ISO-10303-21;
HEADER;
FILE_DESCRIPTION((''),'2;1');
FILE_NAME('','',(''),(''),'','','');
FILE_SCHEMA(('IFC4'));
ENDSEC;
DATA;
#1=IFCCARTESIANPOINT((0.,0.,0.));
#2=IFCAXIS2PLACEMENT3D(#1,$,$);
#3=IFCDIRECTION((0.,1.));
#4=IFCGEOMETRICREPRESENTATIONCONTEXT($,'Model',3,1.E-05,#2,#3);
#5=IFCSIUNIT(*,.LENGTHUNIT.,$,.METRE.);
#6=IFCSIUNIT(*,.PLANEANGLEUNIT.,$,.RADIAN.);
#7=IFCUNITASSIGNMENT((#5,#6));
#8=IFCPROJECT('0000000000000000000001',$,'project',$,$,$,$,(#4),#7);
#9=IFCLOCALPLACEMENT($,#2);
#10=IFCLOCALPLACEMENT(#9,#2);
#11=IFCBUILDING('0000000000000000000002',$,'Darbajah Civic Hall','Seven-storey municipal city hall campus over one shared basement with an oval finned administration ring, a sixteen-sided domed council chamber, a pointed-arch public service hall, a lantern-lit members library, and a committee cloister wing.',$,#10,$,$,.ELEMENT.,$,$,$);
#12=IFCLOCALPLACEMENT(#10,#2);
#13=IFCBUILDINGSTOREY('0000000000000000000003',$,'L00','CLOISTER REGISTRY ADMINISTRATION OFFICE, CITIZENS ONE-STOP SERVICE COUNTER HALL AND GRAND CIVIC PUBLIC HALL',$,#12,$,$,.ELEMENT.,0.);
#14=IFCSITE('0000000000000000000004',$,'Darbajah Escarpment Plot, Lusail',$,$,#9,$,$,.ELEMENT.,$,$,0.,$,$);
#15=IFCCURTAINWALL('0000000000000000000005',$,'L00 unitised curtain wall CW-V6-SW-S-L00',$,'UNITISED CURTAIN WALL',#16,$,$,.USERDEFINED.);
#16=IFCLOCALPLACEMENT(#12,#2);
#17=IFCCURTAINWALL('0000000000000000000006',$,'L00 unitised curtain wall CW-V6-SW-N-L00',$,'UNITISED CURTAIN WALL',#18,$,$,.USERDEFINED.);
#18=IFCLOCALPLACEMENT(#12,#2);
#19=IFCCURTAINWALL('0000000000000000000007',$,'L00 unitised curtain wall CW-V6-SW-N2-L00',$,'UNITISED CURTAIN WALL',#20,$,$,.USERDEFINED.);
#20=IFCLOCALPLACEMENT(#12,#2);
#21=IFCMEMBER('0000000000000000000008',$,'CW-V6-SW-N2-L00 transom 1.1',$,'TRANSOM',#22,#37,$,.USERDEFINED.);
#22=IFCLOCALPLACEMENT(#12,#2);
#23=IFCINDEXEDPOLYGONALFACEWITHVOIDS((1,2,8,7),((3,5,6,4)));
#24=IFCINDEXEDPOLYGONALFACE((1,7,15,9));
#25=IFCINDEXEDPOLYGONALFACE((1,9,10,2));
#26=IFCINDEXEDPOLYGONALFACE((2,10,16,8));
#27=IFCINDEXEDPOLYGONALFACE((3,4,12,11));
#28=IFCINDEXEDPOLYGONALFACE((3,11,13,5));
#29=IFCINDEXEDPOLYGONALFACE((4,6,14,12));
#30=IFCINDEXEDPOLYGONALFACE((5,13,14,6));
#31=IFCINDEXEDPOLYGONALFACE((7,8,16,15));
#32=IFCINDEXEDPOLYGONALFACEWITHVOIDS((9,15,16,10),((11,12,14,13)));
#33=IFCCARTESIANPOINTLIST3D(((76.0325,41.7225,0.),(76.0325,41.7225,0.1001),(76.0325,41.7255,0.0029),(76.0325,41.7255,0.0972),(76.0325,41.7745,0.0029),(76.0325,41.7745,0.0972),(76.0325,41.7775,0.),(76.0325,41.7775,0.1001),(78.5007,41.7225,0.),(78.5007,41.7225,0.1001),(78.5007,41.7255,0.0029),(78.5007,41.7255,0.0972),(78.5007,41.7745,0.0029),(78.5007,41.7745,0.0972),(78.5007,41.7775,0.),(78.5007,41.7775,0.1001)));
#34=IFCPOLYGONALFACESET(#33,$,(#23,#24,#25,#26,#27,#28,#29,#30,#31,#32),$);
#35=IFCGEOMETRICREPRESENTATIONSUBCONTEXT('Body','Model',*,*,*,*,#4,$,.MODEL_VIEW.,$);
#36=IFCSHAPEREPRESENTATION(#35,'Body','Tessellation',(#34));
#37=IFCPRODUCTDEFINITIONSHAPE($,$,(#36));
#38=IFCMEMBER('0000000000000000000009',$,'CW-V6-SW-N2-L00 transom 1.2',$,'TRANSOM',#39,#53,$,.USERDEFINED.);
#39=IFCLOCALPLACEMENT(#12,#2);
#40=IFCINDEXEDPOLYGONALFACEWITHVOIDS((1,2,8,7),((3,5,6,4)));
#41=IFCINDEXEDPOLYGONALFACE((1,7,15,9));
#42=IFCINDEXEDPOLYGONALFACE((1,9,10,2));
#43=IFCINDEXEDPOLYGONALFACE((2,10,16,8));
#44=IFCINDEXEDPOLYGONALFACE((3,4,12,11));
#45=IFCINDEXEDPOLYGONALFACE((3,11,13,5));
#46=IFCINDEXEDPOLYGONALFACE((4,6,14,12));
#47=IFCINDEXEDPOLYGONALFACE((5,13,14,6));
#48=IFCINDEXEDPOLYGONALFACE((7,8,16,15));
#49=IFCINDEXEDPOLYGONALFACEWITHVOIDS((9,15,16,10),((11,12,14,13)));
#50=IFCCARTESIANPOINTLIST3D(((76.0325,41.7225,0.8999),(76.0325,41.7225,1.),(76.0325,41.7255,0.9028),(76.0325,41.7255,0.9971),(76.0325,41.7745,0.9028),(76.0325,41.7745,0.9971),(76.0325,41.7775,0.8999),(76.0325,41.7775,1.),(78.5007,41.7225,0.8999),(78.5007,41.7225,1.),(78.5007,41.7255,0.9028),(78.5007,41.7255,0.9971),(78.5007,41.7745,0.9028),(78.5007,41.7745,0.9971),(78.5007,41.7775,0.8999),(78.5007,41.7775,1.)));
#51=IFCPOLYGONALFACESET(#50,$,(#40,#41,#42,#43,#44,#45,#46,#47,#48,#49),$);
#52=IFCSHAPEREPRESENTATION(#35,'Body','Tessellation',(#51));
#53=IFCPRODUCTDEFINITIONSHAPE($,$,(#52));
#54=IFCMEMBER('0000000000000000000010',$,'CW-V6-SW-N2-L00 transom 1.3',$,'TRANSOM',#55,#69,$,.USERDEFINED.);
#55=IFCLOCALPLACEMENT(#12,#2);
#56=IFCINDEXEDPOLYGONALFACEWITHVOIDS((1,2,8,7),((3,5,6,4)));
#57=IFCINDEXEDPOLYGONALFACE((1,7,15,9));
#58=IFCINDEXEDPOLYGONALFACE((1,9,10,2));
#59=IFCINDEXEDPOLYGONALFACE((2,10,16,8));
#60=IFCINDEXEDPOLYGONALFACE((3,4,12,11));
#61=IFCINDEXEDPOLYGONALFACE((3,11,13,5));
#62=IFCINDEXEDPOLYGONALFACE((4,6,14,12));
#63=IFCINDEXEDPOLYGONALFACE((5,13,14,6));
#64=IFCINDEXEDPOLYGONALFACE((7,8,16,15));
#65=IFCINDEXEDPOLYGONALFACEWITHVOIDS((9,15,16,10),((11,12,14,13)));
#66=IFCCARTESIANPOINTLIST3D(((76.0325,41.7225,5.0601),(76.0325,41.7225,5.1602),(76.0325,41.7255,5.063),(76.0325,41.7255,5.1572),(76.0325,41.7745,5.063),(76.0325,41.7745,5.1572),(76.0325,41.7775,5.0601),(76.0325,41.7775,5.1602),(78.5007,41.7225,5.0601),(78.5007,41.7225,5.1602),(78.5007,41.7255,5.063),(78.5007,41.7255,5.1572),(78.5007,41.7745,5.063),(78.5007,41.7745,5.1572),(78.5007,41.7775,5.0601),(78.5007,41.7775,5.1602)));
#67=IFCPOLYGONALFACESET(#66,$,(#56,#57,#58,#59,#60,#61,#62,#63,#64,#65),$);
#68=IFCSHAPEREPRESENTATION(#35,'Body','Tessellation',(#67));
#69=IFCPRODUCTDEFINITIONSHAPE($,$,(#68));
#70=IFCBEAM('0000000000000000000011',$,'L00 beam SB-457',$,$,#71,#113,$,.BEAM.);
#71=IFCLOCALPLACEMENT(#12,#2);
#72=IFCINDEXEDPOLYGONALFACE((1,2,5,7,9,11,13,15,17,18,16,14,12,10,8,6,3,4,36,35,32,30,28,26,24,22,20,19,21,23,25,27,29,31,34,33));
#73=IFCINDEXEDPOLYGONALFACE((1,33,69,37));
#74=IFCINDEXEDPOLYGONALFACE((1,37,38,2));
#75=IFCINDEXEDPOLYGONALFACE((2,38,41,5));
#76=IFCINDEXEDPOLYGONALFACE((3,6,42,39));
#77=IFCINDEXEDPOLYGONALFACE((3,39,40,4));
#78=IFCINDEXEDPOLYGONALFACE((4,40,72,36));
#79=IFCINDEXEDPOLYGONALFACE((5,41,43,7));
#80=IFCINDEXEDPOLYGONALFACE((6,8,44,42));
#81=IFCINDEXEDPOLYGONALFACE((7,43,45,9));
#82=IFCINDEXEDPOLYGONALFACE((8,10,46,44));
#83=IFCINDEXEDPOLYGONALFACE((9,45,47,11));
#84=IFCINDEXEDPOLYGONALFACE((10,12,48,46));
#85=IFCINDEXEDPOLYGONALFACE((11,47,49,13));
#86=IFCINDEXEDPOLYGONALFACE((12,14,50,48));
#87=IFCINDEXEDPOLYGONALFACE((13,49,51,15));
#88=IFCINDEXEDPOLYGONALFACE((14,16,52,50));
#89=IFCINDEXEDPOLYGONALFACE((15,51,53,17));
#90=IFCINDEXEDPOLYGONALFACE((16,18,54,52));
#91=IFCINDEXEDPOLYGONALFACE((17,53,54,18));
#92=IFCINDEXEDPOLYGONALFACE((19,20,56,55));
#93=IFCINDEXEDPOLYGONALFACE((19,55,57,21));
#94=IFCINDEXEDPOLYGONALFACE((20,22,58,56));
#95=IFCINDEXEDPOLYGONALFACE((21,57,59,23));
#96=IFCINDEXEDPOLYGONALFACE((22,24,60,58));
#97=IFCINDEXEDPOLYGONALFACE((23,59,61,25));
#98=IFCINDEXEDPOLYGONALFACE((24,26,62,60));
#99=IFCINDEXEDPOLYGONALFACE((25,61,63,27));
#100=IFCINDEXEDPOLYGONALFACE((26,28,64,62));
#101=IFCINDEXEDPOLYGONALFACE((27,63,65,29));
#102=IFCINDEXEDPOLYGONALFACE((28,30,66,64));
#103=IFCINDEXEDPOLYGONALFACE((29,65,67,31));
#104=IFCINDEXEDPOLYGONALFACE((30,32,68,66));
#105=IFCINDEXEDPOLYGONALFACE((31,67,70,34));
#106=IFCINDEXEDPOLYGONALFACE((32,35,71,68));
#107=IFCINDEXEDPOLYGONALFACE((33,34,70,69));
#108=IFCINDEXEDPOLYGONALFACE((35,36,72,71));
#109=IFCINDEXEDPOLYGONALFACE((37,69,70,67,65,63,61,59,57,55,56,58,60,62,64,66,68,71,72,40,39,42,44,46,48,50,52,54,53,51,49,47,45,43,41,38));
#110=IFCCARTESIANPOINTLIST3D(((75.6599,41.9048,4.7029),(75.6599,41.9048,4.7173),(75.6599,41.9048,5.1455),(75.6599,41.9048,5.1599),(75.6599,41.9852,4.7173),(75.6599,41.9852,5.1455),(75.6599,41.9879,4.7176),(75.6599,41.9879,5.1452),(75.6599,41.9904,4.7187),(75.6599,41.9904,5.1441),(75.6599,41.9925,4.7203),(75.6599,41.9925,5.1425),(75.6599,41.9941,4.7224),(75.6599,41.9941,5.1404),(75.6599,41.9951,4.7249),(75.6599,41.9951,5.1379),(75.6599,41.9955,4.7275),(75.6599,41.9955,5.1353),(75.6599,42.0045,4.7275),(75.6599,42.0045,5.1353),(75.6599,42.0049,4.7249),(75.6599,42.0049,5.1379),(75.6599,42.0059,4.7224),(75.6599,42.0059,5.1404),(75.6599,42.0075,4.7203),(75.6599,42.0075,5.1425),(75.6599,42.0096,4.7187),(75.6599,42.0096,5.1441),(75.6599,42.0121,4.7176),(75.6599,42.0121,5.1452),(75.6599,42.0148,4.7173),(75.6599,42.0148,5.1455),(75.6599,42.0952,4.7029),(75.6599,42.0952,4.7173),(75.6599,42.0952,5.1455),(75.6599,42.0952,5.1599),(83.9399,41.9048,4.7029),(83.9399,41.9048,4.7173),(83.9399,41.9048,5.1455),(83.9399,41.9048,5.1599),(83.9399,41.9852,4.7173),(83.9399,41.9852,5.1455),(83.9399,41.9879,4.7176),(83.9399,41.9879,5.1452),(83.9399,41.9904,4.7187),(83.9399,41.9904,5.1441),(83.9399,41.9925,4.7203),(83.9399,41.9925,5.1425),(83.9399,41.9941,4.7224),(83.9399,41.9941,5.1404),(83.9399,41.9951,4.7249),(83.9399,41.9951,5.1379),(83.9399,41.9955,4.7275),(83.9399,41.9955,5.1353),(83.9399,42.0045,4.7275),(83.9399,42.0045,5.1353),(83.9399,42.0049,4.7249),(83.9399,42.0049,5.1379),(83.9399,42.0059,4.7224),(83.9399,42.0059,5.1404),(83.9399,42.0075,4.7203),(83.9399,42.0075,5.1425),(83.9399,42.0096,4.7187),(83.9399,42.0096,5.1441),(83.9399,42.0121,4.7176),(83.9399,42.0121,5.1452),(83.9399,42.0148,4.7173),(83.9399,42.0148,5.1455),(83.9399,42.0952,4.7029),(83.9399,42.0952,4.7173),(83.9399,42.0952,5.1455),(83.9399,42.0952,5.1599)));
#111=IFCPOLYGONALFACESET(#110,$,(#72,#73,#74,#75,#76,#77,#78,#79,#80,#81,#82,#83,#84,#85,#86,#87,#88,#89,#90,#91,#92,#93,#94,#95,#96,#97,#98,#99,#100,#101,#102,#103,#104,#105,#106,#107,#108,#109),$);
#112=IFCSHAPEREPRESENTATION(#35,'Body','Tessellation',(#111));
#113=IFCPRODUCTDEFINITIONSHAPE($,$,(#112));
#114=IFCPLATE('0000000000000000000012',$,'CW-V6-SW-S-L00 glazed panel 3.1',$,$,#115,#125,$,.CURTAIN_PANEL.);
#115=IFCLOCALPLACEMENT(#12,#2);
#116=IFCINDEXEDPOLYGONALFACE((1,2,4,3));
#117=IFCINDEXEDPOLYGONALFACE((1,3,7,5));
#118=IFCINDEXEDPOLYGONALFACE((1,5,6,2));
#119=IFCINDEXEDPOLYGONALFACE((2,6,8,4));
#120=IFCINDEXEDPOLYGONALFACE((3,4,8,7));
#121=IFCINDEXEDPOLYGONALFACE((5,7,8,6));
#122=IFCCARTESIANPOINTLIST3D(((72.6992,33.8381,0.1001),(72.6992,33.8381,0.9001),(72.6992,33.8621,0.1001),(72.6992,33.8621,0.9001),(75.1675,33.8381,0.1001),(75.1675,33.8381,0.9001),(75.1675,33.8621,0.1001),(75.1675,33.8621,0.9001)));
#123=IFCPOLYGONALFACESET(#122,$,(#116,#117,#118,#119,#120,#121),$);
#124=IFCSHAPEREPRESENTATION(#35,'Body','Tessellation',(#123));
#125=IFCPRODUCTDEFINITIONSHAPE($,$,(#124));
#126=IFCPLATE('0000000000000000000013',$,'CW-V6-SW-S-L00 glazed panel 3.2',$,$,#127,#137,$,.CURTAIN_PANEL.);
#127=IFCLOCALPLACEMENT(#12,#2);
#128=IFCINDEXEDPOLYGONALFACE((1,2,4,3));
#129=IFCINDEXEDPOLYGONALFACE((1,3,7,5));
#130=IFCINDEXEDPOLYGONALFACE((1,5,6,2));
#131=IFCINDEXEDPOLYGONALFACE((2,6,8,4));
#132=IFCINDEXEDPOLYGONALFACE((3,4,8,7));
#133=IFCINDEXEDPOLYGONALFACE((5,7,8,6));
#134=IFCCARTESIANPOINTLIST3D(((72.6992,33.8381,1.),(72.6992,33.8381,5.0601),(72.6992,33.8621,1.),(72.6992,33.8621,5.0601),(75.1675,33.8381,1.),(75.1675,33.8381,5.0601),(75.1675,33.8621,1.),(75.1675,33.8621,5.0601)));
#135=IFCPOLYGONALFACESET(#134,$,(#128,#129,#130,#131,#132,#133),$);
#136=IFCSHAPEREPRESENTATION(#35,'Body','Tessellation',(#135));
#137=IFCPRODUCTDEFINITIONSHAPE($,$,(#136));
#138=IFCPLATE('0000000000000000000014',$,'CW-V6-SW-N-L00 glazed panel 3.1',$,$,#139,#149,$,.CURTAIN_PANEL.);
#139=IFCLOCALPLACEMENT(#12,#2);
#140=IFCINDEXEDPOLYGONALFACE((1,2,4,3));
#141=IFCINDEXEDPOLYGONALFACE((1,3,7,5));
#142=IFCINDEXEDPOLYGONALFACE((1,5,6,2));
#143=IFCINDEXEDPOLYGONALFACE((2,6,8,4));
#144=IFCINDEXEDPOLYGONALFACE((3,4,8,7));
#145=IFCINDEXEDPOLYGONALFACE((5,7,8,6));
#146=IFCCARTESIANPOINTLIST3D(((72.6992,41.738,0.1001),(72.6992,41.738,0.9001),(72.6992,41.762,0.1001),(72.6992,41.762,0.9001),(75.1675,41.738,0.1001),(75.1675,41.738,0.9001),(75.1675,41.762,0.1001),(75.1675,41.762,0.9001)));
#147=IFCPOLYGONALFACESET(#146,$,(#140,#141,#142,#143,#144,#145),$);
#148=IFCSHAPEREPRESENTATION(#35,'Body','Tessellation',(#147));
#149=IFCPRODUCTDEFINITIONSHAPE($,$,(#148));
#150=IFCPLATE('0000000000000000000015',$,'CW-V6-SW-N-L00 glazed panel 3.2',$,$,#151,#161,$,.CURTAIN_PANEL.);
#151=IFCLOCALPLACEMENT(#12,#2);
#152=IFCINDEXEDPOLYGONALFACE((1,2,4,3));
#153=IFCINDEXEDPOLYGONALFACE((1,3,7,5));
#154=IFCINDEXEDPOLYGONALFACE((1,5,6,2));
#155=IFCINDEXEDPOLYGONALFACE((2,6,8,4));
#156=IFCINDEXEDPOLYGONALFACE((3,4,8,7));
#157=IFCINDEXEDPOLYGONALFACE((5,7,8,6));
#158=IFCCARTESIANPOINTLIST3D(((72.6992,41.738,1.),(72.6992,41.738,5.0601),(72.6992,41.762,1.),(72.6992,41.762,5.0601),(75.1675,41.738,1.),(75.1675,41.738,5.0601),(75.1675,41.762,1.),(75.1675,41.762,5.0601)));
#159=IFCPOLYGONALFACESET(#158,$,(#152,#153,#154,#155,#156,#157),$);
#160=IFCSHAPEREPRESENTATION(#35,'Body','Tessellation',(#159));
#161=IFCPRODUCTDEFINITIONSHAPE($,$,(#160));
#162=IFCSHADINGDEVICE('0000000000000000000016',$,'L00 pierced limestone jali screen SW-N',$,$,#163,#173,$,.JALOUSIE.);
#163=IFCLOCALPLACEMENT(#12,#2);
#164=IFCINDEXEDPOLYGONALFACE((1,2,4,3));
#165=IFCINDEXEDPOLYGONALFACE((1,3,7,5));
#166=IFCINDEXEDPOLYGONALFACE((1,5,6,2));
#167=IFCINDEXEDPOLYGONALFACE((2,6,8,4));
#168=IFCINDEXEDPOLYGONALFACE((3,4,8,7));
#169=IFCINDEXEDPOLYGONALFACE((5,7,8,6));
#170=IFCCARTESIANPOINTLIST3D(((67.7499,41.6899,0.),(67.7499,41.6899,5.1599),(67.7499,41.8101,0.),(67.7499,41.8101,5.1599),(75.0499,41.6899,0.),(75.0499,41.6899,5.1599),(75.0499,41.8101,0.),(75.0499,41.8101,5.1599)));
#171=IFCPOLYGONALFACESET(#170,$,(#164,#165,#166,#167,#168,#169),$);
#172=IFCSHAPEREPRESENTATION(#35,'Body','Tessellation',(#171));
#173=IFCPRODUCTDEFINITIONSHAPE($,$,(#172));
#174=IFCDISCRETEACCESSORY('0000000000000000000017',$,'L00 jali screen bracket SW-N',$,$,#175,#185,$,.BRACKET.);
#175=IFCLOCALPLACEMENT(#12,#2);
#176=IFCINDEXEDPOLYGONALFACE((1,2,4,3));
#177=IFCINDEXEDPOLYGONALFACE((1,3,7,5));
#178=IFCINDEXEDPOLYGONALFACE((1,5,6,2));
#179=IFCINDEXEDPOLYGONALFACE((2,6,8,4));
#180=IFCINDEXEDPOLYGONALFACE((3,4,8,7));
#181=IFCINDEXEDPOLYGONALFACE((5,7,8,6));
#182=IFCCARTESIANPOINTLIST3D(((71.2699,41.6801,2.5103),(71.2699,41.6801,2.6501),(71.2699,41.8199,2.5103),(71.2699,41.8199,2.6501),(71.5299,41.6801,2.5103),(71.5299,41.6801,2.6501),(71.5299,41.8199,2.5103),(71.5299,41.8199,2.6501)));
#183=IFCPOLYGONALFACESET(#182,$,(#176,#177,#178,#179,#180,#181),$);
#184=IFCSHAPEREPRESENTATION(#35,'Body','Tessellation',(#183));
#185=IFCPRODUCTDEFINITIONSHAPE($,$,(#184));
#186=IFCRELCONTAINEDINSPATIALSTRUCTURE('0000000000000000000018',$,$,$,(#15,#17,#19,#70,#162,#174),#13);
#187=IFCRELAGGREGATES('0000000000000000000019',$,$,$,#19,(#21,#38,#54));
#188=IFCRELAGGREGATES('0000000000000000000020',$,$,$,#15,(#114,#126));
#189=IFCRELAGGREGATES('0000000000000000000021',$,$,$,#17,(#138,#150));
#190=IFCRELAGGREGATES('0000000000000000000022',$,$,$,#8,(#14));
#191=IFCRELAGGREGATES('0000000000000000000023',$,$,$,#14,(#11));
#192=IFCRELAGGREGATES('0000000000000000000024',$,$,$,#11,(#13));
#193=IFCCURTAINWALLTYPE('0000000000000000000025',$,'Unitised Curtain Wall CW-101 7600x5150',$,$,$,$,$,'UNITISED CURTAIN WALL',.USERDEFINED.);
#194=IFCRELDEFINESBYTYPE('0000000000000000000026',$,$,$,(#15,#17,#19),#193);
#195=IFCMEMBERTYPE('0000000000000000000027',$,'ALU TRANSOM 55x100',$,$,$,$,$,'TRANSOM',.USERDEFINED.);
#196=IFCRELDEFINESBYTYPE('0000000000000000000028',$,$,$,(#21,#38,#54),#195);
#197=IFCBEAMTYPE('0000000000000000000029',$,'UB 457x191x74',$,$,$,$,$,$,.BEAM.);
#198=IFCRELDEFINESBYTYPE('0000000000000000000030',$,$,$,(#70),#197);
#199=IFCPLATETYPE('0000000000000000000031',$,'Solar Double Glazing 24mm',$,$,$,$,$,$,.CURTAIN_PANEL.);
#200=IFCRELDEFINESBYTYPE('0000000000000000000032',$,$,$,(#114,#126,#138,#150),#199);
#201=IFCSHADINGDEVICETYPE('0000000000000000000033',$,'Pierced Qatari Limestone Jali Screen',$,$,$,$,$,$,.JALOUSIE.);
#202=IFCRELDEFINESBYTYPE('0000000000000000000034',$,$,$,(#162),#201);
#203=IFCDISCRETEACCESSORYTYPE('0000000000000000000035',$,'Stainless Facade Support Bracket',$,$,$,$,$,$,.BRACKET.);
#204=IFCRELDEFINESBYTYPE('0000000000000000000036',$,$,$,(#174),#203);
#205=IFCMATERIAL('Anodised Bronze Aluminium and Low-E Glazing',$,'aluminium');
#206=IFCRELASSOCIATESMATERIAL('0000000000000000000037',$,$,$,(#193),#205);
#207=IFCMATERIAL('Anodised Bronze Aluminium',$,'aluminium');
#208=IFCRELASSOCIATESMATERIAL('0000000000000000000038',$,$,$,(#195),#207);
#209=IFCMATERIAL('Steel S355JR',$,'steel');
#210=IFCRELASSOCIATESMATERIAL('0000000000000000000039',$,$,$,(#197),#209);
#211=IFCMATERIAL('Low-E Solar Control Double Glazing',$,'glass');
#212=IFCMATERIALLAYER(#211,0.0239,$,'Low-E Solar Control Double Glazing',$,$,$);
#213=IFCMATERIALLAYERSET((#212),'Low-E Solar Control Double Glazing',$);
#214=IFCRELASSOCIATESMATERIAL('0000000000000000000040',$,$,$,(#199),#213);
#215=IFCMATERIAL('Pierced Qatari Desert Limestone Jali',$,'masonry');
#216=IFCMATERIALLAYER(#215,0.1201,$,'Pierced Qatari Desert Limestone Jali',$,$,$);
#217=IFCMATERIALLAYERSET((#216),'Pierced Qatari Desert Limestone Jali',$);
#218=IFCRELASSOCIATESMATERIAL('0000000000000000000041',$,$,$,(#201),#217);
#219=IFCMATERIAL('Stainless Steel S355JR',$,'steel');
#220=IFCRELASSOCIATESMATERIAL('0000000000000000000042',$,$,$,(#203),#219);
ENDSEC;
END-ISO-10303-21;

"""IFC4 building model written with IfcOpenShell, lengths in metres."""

from ifc_helpers import new_model, si_unit, direction, frame, origin, origin_2d, place, context, subcontext, project, spatial, rectangle, hollow_rectangle, i_section, extrude, material, layer, layer_set, material_profile, profile_set, type_object, element, aggregate, save


model = new_model("IFC4")

# Units and contexts
model_context = context("Model", 3, precision=1e-05, world=origin(), true_north=direction((0.0, 1.0)))
body_context = subcontext(model_context, "Body", "Model", "MODEL_VIEW")
ifc_project = project(units=[si_unit("LENGTHUNIT", "METRE"), si_unit("PLANEANGLEUNIT", "RADIAN")], contexts=[model_context])

# Site, building, storey
site_placement = place(None, origin())
site = spatial("IfcSite", under=ifc_project, at=site_placement, Name="Darbajah Escarpment Plot, Lusail", CompositionType="ELEMENT", RefElevation=0.0)
building_placement = place(site_placement, origin())
building = spatial("IfcBuilding", under=site, at=building_placement, Name="Darbajah Civic Hall", Description="Seven-storey municipal city hall campus over one shared basement with an oval finned administration ring, a sixteen-sided domed council chamber, a pointed-arch public service hall, a lantern-lit members library, and a committee cloister wing.", CompositionType="ELEMENT")
storey_placement = place(building_placement, origin())
storey = spatial("IfcBuildingStorey", under=building, at=storey_placement, Name="L00", Description="CLOISTER REGISTRY ADMINISTRATION OFFICE, CITIZENS ONE-STOP SERVICE COUNTER HALL AND GRAND CIVIC PUBLIC HALL", CompositionType="ELEMENT", Elevation=0.0)

# Shared definitions
ifc_material_1 = material(Name="Steel S355JR", Category="steel")

# Curtain wall
ifc_material_2 = material(Name="Anodised Bronze Aluminium and Low-E Glazing", Category="aluminium")
curtain_wall_type = type_object("IfcCurtainWallType", Name="Unitised Curtain Wall CW-101 7600x5150", ElementType="UNITISED CURTAIN WALL", PredefinedType="USERDEFINED", material=ifc_material_2)
curtain_wall_1_placement = place(storey_placement, origin())
curtain_wall_1 = element("IfcCurtainWall", 1, at=curtain_wall_1_placement, inside=storey, type_object=curtain_wall_type, Name="L00 unitised curtain wall CW-V6-SW-S-L00", ObjectType="UNITISED CURTAIN WALL", PredefinedType="USERDEFINED")
ifc_material_3 = material(Name="Anodised Bronze Aluminium", Category="aluminium")

# Curtain wall
curtain_wall_2_placement = place(storey_placement, origin())
curtain_wall_2 = element("IfcCurtainWall", 2, at=curtain_wall_2_placement, inside=storey, type_object=curtain_wall_type, Name="L00 unitised curtain wall CW-V6-SW-N-L00", ObjectType="UNITISED CURTAIN WALL", PredefinedType="USERDEFINED")

# Curtain wall
curtain_wall_3_placement = place(storey_placement, origin())
curtain_wall_3 = element("IfcCurtainWall", 3, at=curtain_wall_3_placement, inside=storey, type_object=curtain_wall_type, Name="L00 unitised curtain wall CW-V6-SW-N2-L00", ObjectType="UNITISED CURTAIN WALL", PredefinedType="USERDEFINED")

# Members
ifc_material_profile_1 = material_profile(ifc_material_3, hollow_rectangle(XDim=0.0549, YDim=0.1001, WallThickness=0.0029, at=origin_2d()), Name="ALU TRANSOM 55x100")
ifc_profile_set_1 = profile_set([ifc_material_profile_1], Name="Anodised Bronze Aluminium")
member_type_1 = type_object("IfcMemberType", Name="ALU TRANSOM 55x100", ElementType="TRANSOM", PredefinedType="USERDEFINED", material=ifc_profile_set_1)
member_1_placement = place(storey_placement, frame((76.0325, 41.75, 0.05), z_axis=(1.0, 0.0, 0.0), x_axis=(0.0, 1.0, 0.0)))
member_1 = element("IfcMember", 4, at=member_1_placement, type_object=member_type_1, Name="CW-V6-SW-N2-L00 transom 1.1", ObjectType="TRANSOM", PredefinedType="USERDEFINED", context=body_context, shape_type="SweptSolid", body=[
    extrude(hollow_rectangle(XDim=0.0549, YDim=0.1001, WallThickness=0.0029, at=origin_2d()), origin(), (0.0, 0.0, 1.0), 2.4683),
])
member_2_placement = place(storey_placement, frame((76.0325, 41.75, 0.95), z_axis=(1.0, 0.0, 0.0), x_axis=(0.0, 1.0, 0.0)))
member_2 = element("IfcMember", 5, at=member_2_placement, type_object=member_type_1, Name="CW-V6-SW-N2-L00 transom 1.2", ObjectType="TRANSOM", PredefinedType="USERDEFINED", context=body_context, shape_type="SweptSolid", body=[
    extrude(hollow_rectangle(XDim=0.0549, YDim=0.1001, WallThickness=0.0029, at=origin_2d()), origin(), (0.0, 0.0, 1.0), 2.4683),
])
member_3_placement = place(storey_placement, frame((76.0325, 41.75, 5.1101), z_axis=(1.0, 0.0, 0.0), x_axis=(0.0, 1.0, 0.0)))
member_3 = element("IfcMember", 6, at=member_3_placement, type_object=member_type_1, Name="CW-V6-SW-N2-L00 transom 1.3", ObjectType="TRANSOM", PredefinedType="USERDEFINED", context=body_context, shape_type="SweptSolid", body=[
    extrude(hollow_rectangle(XDim=0.0549, YDim=0.1001, WallThickness=0.0029, at=origin_2d()), origin(), (0.0, 0.0, 1.0), 2.4683),
])
aggregate(curtain_wall_3, [member_1, member_2, member_3])

# Beam
ifc_material_profile_2 = material_profile(ifc_material_1, i_section(OverallWidth=0.1904, OverallDepth=0.457, WebThickness=0.009, FlangeThickness=0.0144, FilletRadius=0.0103, at=origin_2d()), Name="UB 457x191x74")
ifc_profile_set_2 = profile_set([ifc_material_profile_2], Name="Steel S355JR")
beam_type = type_object("IfcBeamType", Name="UB 457x191x74", PredefinedType="BEAM", material=ifc_profile_set_2)
beam_placement = place(storey_placement, frame((75.6599, 42.0, 4.9314), z_axis=(1.0, 0.0, 0.0), x_axis=(0.0, 1.0, 0.0)))
element("IfcBeam", 7, at=beam_placement, inside=storey, type_object=beam_type, Name="L00 beam SB-457", PredefinedType="BEAM", context=body_context, shape_type="SweptSolid", body=[
    extrude(i_section(OverallWidth=0.1904, OverallDepth=0.457, WebThickness=0.009, FlangeThickness=0.0144, FilletRadius=0.0103, at=origin_2d()), origin(), (0.0, 0.0, 1.0), 8.28),
])

# Plates
ifc_material_4 = material(Name="Low-E Solar Control Double Glazing", Category="glass")
ifc_layer_1 = layer(ifc_material_4, 0.0239, Name="Low-E Solar Control Double Glazing")
ifc_layer_set_1 = layer_set([ifc_layer_1], Name="Low-E Solar Control Double Glazing")
plate_type = type_object("IfcPlateType", Name="Solar Double Glazing 24mm", PredefinedType="CURTAIN_PANEL", material=ifc_layer_set_1)
plate_1_placement = place(storey_placement, frame((73.9333, 33.8501, 0.1001), z_axis=(0.0, 0.0, 1.0), x_axis=(1.0, 0.0, 0.0)))
plate_1 = element("IfcPlate", 8, at=plate_1_placement, type_object=plate_type, Name="CW-V6-SW-S-L00 glazed panel 3.1", PredefinedType="CURTAIN_PANEL", context=body_context, shape_type="SweptSolid", body=[
    extrude(rectangle(XDim=2.4683, YDim=0.0239, at=origin_2d()), origin(), (0.0, 0.0, 1.0), 0.8),
])
plate_2_placement = place(storey_placement, frame((73.9333, 33.8501, 1.0), z_axis=(0.0, 0.0, 1.0), x_axis=(1.0, 0.0, 0.0)))
plate_2 = element("IfcPlate", 9, at=plate_2_placement, type_object=plate_type, Name="CW-V6-SW-S-L00 glazed panel 3.2", PredefinedType="CURTAIN_PANEL", context=body_context, shape_type="SweptSolid", body=[
    extrude(rectangle(XDim=2.4683, YDim=0.0239, at=origin_2d()), origin(), (0.0, 0.0, 1.0), 4.0601),
])
aggregate(curtain_wall_1, [plate_1, plate_2])
plate_3_placement = place(storey_placement, frame((73.9333, 41.75, 0.1001), z_axis=(0.0, 0.0, 1.0), x_axis=(1.0, 0.0, 0.0)))
plate_3 = element("IfcPlate", 10, at=plate_3_placement, type_object=plate_type, Name="CW-V6-SW-N-L00 glazed panel 3.1", PredefinedType="CURTAIN_PANEL", context=body_context, shape_type="SweptSolid", body=[
    extrude(rectangle(XDim=2.4683, YDim=0.0239, at=origin_2d()), origin(), (0.0, 0.0, 1.0), 0.8),
])
plate_4_placement = place(storey_placement, frame((73.9333, 41.75, 1.0), z_axis=(0.0, 0.0, 1.0), x_axis=(1.0, 0.0, 0.0)))
plate_4 = element("IfcPlate", 11, at=plate_4_placement, type_object=plate_type, Name="CW-V6-SW-N-L00 glazed panel 3.2", PredefinedType="CURTAIN_PANEL", context=body_context, shape_type="SweptSolid", body=[
    extrude(rectangle(XDim=2.4683, YDim=0.0239, at=origin_2d()), origin(), (0.0, 0.0, 1.0), 4.0601),
])
aggregate(curtain_wall_2, [plate_3, plate_4])

# Shading device
ifc_material_5 = material(Name="Pierced Qatari Desert Limestone Jali", Category="masonry")
ifc_layer_2 = layer(ifc_material_5, 0.1201, Name="Pierced Qatari Desert Limestone Jali")
ifc_layer_set_2 = layer_set([ifc_layer_2], Name="Pierced Qatari Desert Limestone Jali")
shading_device_type = type_object("IfcShadingDeviceType", Name="Pierced Qatari Limestone Jali Screen", PredefinedType="JALOUSIE", material=ifc_layer_set_2)
shading_device_placement = place(storey_placement, frame((71.3999, 41.75, 0.0), z_axis=(0.0, 0.0, 1.0), x_axis=(1.0, 0.0, 0.0)))
element("IfcShadingDevice", 12, at=shading_device_placement, inside=storey, type_object=shading_device_type, Name="L00 pierced limestone jali screen SW-N", PredefinedType="JALOUSIE", context=body_context, shape_type="SweptSolid", body=[
    extrude(rectangle(XDim=7.3, YDim=0.1201, at=origin_2d()), origin(), (0.0, 0.0, 1.0), 5.1599),
])

# Discrete accessory
ifc_material_6 = material(Name="Stainless Steel S355JR", Category="steel")
discrete_accessory_type = type_object("IfcDiscreteAccessoryType", Name="Stainless Facade Support Bracket", PredefinedType="BRACKET", material=ifc_material_6)
discrete_accessory_placement = place(storey_placement, frame((71.3999, 41.75, 2.5103), z_axis=(0.0, 0.0, 1.0), x_axis=(1.0, 0.0, 0.0)))
element("IfcDiscreteAccessory", 13, at=discrete_accessory_placement, inside=storey, type_object=discrete_accessory_type, Name="L00 jali screen bracket SW-N", PredefinedType="BRACKET", context=body_context, shape_type="SweptSolid", body=[
    extrude(rectangle(XDim=0.26, YDim=0.1399, at=origin_2d()), origin(), (0.0, 0.0, 1.0), 0.1399),
])

save(model, "model.ifc")
